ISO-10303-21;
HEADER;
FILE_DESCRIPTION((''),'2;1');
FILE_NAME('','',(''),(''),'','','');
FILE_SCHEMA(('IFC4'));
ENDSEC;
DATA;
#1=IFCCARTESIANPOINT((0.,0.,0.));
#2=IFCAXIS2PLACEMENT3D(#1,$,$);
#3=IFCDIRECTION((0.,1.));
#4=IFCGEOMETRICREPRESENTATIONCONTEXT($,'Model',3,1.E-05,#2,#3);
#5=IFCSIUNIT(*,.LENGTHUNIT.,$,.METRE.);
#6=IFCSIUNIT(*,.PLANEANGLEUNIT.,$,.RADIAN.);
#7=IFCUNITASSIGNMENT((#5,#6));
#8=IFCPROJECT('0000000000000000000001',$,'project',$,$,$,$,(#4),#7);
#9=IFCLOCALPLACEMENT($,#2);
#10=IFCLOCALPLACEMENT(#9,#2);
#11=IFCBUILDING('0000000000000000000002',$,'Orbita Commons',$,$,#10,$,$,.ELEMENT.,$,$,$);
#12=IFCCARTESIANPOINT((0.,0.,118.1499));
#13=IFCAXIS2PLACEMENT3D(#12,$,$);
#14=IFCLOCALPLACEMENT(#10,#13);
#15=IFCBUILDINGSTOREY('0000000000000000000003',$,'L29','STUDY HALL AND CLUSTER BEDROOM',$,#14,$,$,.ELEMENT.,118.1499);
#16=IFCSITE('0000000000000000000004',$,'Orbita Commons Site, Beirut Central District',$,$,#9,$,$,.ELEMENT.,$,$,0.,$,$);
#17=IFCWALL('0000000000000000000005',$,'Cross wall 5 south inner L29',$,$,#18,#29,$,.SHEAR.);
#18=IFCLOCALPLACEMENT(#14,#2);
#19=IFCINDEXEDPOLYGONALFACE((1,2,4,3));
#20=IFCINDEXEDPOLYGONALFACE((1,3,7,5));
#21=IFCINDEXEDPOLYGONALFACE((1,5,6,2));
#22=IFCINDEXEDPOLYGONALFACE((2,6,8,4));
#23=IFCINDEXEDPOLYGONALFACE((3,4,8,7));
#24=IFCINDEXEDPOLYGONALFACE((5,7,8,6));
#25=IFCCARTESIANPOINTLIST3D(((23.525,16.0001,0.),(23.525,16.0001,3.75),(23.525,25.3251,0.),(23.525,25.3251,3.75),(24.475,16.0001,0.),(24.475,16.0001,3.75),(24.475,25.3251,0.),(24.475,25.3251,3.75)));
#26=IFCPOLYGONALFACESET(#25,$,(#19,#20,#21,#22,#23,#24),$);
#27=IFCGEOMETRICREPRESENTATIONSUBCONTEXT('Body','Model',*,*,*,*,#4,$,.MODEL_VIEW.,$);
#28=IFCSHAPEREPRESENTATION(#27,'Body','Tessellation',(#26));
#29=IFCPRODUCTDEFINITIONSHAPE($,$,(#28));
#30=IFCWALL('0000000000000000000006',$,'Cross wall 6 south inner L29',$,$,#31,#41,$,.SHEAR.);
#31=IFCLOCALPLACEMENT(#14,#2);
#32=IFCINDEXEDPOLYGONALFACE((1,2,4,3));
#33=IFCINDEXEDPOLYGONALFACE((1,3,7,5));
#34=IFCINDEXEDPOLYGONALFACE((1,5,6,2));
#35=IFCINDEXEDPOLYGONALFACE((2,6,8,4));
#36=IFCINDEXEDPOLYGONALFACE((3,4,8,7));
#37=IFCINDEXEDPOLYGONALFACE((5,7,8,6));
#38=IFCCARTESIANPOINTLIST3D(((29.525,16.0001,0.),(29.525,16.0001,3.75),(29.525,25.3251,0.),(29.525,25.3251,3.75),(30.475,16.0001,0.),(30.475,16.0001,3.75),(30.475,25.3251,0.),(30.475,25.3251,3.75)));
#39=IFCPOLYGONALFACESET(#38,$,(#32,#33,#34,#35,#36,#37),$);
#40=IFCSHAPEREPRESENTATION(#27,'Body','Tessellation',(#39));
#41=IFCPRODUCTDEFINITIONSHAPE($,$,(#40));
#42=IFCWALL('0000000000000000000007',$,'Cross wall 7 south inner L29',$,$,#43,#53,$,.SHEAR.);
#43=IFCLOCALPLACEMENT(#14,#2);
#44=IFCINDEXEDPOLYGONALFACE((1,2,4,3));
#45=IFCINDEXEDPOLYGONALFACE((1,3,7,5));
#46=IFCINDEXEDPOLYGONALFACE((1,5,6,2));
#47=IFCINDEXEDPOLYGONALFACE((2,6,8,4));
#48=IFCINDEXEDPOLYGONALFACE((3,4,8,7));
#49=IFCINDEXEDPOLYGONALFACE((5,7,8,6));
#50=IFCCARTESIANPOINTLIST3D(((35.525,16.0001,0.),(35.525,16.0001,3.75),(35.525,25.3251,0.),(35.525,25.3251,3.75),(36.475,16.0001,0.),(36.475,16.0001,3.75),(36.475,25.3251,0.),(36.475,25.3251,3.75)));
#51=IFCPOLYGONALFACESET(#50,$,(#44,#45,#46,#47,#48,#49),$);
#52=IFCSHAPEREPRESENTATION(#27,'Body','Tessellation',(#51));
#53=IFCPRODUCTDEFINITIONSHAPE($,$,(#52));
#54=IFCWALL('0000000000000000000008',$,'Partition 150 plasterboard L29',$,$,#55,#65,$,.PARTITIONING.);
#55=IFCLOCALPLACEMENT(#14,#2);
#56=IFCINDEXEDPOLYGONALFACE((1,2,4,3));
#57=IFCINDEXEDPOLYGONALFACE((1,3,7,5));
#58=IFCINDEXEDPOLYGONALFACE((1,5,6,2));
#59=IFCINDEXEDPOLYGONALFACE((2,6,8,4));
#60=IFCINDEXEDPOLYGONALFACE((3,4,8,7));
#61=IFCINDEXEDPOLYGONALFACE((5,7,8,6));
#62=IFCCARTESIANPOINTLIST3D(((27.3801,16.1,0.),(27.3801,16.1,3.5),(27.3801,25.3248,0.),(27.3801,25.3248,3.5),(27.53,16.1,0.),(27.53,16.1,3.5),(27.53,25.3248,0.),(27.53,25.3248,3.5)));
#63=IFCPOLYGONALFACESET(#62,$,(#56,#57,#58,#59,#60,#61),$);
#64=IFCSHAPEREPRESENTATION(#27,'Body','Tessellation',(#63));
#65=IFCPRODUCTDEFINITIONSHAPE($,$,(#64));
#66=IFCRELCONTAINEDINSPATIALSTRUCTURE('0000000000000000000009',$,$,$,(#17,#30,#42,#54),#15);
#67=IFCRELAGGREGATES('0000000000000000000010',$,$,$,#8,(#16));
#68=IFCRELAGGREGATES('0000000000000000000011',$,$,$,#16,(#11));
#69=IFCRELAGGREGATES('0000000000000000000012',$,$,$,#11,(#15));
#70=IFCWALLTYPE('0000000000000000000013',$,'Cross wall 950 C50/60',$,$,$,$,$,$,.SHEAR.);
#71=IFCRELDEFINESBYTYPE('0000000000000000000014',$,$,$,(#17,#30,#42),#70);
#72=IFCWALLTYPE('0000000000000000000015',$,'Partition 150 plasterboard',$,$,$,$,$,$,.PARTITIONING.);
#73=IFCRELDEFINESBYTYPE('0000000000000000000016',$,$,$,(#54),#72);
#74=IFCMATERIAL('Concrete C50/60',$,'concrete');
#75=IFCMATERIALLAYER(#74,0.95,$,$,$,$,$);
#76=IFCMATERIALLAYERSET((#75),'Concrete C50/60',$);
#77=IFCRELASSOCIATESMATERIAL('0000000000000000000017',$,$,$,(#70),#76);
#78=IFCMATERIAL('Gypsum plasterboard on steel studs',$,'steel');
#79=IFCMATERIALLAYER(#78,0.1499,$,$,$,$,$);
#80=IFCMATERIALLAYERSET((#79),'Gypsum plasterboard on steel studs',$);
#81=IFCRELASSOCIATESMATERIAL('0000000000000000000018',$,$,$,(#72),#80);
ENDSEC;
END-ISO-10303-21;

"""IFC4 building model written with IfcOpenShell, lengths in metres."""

from ifc_helpers import new_model, si_unit, direction, frame, frame_2d, origin, place, context, subcontext, project, spatial, rectangle, extrude, material, layer, layer_set, type_object, element, save


model = new_model("IFC4")

# Units and contexts
model_context = context("Model", 3, precision=1e-05, world=origin(), true_north=direction((0.0, 1.0)))
body_context = subcontext(model_context, "Body", "Model", "MODEL_VIEW")
ifc_project = project(units=[si_unit("LENGTHUNIT", "METRE"), si_unit("PLANEANGLEUNIT", "RADIAN")], contexts=[model_context])

# Site, building, storey
site_placement = place(None, origin())
site = spatial("IfcSite", under=ifc_project, at=site_placement, Name="Orbita Commons Site, Beirut Central District", CompositionType="ELEMENT", RefElevation=0.0)
building_placement = place(site_placement, origin())
building = spatial("IfcBuilding", under=site, at=building_placement, Name="Orbita Commons", CompositionType="ELEMENT")
storey_placement = place(building_placement, frame((0.0, 0.0, 118.1499)))
storey = spatial("IfcBuildingStorey", under=building, at=storey_placement, Name="L29", Description="STUDY HALL AND CLUSTER BEDROOM", CompositionType="ELEMENT", Elevation=118.1499)

# Walls
ifc_material_1 = material(Name="Concrete C50/60", Category="concrete")
ifc_layer_1 = layer(ifc_material_1, 0.95)
ifc_layer_set_1 = layer_set([ifc_layer_1], Name="Concrete C50/60")
wall_type_1 = type_object("IfcWallType", Name="Cross wall 950 C50/60", PredefinedType="SHEAR", material=ifc_layer_set_1)
for number, where, z_axis, x_axis, name in (
    (1, (24.0, 16.0, 0.0), (0.0, 0.0, 1.0), (0.0, 1.0, 0.0), "Cross wall 5 south inner L29"),
    (2, (30.0, 16.0, 0.0), (0.0, 0.0, 1.0), (0.0, 1.0, 0.0), "Cross wall 6 south inner L29"),
    (3, (36.0, 16.0, 0.0), (0.0, 0.0, 1.0), (0.0, 1.0, 0.0), "Cross wall 7 south inner L29"),
):
    element("IfcWall", number, at=place(storey_placement, frame(where, z_axis=z_axis, x_axis=x_axis)), inside=storey, type_object=wall_type_1, Name=name, PredefinedType="SHEAR", context=body_context, shape_type="SweptSolid", body=[
        extrude(rectangle(XDim=9.325, YDim=0.95, at=frame_2d((4.6626, 0.0))), origin(), (0.0, 0.0, 1.0), 3.75),
    ])
ifc_material_2 = material(Name="Gypsum plasterboard on steel studs", Category="steel")
ifc_layer_2 = layer(ifc_material_2, 0.1499)
ifc_layer_set_2 = layer_set([ifc_layer_2], Name="Gypsum plasterboard on steel studs")
wall_type_2 = type_object("IfcWallType", Name="Partition 150 plasterboard", PredefinedType="PARTITIONING", material=ifc_layer_set_2)
wall_1_placement = place(storey_placement, frame((27.4551, 16.1001, 0.0), z_axis=(0.0, 0.0, 1.0), x_axis=(0.0, 1.0, 0.0)))
element("IfcWall", 4, at=wall_1_placement, inside=storey, type_object=wall_type_2, Name="Partition 150 plasterboard L29", PredefinedType="PARTITIONING", context=body_context, shape_type="SweptSolid", body=[
    extrude(rectangle(XDim=9.2249, YDim=0.1499, at=frame_2d((4.6123, 0.0))), origin(), (0.0, 0.0, 1.0), 3.5),
])

save(model, "model.ifc")
